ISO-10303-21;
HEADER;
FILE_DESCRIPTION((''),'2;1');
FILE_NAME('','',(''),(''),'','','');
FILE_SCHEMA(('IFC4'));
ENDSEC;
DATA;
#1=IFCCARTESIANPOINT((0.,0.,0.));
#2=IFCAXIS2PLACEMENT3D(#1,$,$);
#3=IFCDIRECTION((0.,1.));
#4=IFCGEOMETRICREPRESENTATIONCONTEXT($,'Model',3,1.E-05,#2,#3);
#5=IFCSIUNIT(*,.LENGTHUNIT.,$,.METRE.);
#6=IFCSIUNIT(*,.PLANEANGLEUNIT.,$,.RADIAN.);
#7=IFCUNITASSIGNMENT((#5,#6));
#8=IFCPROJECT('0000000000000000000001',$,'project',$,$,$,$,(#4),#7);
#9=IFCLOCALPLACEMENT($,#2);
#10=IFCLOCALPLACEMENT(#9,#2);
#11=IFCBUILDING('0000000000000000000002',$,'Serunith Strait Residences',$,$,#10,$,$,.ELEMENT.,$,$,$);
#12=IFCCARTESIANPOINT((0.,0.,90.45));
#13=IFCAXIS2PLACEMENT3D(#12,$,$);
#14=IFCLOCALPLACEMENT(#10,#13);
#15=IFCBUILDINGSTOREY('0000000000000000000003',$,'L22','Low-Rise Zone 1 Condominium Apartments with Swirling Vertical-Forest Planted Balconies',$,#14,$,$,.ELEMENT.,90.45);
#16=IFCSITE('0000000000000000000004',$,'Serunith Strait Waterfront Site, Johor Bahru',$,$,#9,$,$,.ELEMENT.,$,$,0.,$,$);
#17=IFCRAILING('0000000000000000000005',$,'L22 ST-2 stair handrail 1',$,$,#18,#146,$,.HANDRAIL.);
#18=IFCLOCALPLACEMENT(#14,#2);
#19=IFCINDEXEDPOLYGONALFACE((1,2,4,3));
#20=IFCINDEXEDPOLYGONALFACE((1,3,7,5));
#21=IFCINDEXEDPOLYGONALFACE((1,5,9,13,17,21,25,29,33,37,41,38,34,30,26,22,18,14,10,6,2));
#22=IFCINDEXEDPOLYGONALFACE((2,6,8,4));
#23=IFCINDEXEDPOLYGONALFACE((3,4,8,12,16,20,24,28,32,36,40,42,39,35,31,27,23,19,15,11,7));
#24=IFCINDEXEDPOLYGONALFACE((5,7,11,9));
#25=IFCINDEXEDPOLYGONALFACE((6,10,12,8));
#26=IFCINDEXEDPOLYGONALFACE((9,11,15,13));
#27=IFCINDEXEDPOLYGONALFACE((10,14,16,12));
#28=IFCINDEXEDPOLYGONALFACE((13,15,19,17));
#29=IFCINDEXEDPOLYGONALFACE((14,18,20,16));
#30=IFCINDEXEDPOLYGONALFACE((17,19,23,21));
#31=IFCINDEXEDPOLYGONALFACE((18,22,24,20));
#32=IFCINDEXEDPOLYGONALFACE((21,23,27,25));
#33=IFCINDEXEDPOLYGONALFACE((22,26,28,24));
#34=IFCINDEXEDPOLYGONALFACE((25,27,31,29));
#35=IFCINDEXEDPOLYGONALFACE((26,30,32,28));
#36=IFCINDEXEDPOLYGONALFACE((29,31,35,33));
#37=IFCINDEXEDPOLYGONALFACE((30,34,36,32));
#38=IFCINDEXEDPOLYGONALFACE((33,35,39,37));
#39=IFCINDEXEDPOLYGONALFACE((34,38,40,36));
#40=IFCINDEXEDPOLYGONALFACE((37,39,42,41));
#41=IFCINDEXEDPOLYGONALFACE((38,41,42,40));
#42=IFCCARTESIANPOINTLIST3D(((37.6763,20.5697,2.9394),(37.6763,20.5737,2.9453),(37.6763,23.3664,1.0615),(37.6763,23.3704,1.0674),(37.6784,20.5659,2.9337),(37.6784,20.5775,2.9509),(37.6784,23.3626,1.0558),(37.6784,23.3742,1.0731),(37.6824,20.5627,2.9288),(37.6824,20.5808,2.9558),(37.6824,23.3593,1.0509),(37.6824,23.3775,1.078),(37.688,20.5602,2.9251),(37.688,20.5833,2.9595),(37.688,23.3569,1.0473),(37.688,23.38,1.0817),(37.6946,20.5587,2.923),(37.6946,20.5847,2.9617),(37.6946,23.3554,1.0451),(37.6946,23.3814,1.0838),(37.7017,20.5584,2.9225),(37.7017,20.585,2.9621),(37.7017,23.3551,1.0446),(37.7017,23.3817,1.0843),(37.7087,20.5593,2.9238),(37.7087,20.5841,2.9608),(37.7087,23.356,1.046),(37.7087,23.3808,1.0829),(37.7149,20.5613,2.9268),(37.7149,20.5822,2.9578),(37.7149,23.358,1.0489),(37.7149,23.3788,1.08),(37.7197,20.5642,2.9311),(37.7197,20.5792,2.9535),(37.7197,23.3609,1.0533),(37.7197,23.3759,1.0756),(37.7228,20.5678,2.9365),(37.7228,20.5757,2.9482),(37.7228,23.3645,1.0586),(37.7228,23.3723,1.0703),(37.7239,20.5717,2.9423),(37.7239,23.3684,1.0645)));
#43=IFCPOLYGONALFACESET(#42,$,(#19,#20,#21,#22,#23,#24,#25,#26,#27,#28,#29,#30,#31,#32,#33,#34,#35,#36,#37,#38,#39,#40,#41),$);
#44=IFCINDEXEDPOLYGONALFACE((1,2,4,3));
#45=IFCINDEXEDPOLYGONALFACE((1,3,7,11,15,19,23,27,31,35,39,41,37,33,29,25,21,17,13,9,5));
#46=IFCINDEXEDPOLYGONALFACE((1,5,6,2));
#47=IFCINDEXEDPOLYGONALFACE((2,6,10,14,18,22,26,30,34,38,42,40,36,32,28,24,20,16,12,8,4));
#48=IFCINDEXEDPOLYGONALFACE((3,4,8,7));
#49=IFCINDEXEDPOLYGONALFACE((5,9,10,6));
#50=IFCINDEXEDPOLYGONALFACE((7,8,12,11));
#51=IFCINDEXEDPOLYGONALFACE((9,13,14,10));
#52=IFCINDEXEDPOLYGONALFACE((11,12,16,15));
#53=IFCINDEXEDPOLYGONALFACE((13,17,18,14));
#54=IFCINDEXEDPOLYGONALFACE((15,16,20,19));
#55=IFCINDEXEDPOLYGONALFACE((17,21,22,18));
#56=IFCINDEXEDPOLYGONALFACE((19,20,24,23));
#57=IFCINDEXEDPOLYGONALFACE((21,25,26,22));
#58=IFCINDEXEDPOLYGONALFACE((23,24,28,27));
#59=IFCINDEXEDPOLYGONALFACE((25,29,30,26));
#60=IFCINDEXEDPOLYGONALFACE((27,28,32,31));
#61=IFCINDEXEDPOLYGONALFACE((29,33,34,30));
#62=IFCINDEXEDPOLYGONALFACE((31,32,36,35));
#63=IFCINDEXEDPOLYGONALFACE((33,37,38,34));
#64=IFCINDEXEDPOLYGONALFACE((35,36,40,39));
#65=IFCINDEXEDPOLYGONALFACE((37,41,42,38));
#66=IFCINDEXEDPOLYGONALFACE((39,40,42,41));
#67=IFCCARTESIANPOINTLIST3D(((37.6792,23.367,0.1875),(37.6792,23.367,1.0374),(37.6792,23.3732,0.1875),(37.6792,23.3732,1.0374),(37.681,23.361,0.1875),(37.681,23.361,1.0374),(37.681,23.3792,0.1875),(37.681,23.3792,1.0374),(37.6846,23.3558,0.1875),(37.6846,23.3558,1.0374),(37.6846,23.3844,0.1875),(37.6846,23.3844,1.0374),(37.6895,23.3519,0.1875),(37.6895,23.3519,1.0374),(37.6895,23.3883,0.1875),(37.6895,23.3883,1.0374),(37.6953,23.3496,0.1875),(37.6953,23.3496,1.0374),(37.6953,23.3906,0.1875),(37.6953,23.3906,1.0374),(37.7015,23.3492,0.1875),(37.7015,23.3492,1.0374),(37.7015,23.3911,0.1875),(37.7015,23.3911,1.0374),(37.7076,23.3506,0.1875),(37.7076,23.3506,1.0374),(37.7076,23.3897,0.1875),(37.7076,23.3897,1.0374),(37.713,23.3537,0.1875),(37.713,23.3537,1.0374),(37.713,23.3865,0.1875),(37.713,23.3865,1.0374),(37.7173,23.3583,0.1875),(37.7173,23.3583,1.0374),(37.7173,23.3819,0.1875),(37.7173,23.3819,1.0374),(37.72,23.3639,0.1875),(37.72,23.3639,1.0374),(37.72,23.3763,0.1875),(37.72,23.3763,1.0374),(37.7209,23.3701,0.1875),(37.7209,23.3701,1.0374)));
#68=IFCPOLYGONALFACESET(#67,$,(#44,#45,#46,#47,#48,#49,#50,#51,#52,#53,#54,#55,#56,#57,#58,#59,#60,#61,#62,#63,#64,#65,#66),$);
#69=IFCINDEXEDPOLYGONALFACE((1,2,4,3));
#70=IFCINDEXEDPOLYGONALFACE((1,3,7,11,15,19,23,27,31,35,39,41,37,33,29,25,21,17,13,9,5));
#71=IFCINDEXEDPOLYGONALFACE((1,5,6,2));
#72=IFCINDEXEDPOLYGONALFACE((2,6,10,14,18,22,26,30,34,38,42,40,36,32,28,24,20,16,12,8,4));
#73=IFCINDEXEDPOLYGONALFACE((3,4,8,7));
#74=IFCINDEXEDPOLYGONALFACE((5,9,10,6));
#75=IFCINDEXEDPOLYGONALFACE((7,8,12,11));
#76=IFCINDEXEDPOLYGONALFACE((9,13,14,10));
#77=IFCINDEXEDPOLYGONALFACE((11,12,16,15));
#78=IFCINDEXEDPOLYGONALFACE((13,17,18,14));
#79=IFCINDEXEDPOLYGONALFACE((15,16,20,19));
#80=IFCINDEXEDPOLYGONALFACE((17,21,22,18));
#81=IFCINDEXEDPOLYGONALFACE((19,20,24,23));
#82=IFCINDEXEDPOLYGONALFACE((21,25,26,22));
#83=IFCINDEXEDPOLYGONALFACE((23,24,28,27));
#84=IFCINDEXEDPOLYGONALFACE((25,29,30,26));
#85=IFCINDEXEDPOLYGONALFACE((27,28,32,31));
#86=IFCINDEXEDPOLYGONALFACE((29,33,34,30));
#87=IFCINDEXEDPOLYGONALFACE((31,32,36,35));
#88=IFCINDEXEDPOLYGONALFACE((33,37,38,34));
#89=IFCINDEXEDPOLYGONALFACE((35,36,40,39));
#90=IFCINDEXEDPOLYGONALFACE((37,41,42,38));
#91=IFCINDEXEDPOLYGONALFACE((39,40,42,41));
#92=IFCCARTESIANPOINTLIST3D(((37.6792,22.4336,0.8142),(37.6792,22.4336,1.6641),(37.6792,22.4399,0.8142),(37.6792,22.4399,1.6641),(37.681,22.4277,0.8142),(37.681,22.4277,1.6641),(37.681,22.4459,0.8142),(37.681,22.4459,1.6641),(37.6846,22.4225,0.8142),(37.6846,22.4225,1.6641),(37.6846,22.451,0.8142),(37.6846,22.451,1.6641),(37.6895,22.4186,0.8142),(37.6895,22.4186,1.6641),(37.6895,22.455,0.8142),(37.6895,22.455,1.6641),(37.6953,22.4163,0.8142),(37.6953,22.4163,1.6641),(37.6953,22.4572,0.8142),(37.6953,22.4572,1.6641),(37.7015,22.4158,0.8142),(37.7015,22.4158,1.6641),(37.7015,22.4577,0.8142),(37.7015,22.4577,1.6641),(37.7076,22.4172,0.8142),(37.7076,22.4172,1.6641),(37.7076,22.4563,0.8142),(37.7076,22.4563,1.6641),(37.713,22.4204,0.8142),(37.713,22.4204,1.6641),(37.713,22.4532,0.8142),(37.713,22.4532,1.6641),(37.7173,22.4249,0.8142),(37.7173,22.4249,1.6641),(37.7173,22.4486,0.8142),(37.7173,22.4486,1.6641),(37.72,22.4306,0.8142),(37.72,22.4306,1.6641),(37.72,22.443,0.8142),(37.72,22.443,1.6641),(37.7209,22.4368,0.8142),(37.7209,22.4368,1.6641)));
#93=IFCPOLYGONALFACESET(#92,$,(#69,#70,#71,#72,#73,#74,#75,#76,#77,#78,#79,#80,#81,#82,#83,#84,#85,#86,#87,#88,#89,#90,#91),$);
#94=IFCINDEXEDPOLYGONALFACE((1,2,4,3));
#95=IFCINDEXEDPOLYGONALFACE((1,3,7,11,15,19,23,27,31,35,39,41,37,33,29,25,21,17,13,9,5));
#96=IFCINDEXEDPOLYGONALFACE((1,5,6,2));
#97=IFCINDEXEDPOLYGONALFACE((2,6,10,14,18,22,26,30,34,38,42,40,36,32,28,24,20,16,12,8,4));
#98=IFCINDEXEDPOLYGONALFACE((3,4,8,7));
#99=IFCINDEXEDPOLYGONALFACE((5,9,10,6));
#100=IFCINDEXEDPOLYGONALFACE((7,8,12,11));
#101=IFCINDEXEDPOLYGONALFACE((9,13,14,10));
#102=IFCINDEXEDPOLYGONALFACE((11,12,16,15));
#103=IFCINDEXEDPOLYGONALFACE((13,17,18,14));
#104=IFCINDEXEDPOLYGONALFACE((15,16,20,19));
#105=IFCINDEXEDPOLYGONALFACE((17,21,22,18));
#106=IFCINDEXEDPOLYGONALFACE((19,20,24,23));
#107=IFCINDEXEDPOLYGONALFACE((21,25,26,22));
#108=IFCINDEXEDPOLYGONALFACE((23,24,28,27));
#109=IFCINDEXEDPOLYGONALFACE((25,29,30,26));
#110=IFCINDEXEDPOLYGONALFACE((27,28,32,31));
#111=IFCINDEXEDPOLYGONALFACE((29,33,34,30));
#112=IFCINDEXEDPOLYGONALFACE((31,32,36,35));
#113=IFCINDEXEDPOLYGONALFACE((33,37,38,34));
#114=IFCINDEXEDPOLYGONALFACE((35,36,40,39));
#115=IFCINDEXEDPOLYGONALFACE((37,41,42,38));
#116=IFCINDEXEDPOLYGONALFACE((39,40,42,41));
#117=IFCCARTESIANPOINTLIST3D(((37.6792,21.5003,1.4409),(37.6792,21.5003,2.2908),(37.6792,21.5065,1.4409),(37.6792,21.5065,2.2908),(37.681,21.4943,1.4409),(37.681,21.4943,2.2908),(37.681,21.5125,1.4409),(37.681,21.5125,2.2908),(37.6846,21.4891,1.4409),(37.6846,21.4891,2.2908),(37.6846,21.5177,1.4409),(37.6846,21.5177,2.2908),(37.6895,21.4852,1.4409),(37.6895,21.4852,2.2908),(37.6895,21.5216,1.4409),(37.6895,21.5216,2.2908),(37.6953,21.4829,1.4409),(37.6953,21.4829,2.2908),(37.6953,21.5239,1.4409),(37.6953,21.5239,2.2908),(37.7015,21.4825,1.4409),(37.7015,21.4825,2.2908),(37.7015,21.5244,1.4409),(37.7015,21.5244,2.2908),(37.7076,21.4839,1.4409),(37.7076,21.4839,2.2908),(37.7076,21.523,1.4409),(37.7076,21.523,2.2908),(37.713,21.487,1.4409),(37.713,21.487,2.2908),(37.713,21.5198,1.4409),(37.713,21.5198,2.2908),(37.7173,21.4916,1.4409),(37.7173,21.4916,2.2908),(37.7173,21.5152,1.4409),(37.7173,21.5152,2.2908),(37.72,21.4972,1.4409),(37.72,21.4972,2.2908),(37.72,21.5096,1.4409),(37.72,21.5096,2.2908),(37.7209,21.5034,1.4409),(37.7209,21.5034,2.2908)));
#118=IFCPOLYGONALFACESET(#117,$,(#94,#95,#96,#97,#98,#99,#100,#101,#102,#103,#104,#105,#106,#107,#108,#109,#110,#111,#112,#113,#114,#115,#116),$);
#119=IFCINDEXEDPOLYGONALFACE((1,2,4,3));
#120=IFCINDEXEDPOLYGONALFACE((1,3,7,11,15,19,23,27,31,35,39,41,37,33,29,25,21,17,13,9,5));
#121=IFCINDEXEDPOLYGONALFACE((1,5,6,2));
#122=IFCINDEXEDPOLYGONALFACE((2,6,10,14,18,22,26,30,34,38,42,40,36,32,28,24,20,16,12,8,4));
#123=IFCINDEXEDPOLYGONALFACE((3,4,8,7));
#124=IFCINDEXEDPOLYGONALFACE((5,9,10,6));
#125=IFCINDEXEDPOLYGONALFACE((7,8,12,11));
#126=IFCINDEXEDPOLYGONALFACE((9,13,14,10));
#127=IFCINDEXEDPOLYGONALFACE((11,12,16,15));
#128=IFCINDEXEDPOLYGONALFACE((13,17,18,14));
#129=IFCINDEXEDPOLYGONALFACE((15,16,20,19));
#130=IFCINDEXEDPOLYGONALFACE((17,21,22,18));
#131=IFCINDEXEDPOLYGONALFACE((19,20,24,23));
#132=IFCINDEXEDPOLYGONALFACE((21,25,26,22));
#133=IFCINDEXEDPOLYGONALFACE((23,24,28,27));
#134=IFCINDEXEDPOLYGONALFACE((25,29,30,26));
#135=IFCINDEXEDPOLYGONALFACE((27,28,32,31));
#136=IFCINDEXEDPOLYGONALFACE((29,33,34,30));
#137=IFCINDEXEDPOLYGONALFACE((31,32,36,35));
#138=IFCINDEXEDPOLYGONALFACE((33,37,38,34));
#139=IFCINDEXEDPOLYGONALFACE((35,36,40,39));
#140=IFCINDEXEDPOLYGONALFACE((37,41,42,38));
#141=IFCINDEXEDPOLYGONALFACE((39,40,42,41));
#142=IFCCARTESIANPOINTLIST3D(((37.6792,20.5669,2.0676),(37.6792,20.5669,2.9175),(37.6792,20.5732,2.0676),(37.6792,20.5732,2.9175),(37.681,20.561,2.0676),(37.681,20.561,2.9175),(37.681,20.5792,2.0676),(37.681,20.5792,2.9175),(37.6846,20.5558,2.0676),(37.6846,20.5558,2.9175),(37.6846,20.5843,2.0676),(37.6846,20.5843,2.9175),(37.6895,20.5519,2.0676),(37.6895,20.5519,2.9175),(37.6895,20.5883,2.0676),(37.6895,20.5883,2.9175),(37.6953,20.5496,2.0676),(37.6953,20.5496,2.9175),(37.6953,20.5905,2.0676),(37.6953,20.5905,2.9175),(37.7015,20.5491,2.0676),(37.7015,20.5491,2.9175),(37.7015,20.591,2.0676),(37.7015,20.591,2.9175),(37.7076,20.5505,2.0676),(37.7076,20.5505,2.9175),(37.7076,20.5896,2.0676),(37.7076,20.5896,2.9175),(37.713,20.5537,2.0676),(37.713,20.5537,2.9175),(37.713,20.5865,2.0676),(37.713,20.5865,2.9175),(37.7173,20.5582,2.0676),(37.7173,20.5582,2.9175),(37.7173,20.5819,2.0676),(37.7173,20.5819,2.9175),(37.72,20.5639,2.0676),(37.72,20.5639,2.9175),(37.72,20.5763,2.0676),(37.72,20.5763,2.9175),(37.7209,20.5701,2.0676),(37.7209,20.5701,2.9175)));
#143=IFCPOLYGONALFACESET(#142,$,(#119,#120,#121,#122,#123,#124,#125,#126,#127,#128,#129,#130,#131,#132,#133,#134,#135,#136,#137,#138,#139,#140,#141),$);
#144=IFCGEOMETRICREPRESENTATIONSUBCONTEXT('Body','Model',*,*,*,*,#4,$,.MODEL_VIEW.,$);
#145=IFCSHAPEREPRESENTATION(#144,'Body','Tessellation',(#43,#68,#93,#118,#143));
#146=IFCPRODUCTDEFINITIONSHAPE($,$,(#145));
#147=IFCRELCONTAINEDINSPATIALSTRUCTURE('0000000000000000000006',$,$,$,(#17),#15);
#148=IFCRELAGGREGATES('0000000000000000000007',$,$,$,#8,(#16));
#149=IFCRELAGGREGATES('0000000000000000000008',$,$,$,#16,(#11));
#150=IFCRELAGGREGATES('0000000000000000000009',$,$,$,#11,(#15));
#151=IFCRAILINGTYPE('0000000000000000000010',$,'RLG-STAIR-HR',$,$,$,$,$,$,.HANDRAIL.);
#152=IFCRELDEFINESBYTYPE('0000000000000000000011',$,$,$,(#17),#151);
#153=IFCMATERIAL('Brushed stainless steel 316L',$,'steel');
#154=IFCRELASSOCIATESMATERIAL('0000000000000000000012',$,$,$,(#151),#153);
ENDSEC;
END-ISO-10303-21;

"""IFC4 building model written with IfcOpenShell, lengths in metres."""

from ifc_helpers import new_model, si_unit, direction, frame, origin, origin_2d, place, context, subcontext, project, spatial, circle, extrude, material, type_object, element, save


model = new_model("IFC4")

# Units and contexts
model_context = context("Model", 3, precision=1e-05, world=origin(), true_north=direction((0.0, 1.0)))
body_context = subcontext(model_context, "Body", "Model", "MODEL_VIEW")
ifc_project = project(units=[si_unit("LENGTHUNIT", "METRE"), si_unit("PLANEANGLEUNIT", "RADIAN")], contexts=[model_context])

# Site, building, storey
site_placement = place(None, origin())
site = spatial("IfcSite", under=ifc_project, at=site_placement, Name="Serunith Strait Waterfront Site, Johor Bahru", CompositionType="ELEMENT", RefElevation=0.0)
building_placement = place(site_placement, origin())
building = spatial("IfcBuilding", under=site, at=building_placement, Name="Serunith Strait Residences", CompositionType="ELEMENT")
storey_placement = place(building_placement, frame((0.0, 0.0, 90.45)))
storey = spatial("IfcBuildingStorey", under=building, at=storey_placement, Name="L22", Description="Low-Rise Zone 1 Condominium Apartments with Swirling Vertical-Forest Planted Balconies", CompositionType="ELEMENT", Elevation=90.45)

# Railing
ifc_material_1 = material(Name="Brushed stainless steel 316L", Category="steel")
railing_type_1 = type_object("IfcRailingType", Name="RLG-STAIR-HR", PredefinedType="HANDRAIL", material=ifc_material_1)
railing_1_placement = place(storey_placement, frame((37.7, 23.3701, 0.1875)))
element("IfcRailing", 1, at=railing_1_placement, inside=storey, type_object=railing_type_1, Name="L22 ST-2 stair handrail 1", PredefinedType="HANDRAIL", context=body_context, shape_type="SweptSolid", body=[
    extrude(circle(Radius=0.0239, at=origin_2d()), frame((0.0, -0.0017, 0.877), z_axis=(0.0, -0.830208, 0.557453), x_axis=(1.0, 0.0, 0.0)), (0.0, 0.0, 1.0), 3.3687),
    extrude(circle(Radius=0.021, at=origin_2d()), origin(), (0.0, 0.0, 1.0), 0.8499),
    extrude(circle(Radius=0.021, at=origin_2d()), frame((0.0, -0.9333, 0.6267)), (0.0, 0.0, 1.0), 0.8499),
    extrude(circle(Radius=0.021, at=origin_2d()), frame((0.0, -1.8667, 1.2534)), (0.0, 0.0, 1.0), 0.8499),
    extrude(circle(Radius=0.021, at=origin_2d()), frame((0.0, -2.8, 1.8801)), (0.0, 0.0, 1.0), 0.8499),
])

save(model, "model.ifc")
